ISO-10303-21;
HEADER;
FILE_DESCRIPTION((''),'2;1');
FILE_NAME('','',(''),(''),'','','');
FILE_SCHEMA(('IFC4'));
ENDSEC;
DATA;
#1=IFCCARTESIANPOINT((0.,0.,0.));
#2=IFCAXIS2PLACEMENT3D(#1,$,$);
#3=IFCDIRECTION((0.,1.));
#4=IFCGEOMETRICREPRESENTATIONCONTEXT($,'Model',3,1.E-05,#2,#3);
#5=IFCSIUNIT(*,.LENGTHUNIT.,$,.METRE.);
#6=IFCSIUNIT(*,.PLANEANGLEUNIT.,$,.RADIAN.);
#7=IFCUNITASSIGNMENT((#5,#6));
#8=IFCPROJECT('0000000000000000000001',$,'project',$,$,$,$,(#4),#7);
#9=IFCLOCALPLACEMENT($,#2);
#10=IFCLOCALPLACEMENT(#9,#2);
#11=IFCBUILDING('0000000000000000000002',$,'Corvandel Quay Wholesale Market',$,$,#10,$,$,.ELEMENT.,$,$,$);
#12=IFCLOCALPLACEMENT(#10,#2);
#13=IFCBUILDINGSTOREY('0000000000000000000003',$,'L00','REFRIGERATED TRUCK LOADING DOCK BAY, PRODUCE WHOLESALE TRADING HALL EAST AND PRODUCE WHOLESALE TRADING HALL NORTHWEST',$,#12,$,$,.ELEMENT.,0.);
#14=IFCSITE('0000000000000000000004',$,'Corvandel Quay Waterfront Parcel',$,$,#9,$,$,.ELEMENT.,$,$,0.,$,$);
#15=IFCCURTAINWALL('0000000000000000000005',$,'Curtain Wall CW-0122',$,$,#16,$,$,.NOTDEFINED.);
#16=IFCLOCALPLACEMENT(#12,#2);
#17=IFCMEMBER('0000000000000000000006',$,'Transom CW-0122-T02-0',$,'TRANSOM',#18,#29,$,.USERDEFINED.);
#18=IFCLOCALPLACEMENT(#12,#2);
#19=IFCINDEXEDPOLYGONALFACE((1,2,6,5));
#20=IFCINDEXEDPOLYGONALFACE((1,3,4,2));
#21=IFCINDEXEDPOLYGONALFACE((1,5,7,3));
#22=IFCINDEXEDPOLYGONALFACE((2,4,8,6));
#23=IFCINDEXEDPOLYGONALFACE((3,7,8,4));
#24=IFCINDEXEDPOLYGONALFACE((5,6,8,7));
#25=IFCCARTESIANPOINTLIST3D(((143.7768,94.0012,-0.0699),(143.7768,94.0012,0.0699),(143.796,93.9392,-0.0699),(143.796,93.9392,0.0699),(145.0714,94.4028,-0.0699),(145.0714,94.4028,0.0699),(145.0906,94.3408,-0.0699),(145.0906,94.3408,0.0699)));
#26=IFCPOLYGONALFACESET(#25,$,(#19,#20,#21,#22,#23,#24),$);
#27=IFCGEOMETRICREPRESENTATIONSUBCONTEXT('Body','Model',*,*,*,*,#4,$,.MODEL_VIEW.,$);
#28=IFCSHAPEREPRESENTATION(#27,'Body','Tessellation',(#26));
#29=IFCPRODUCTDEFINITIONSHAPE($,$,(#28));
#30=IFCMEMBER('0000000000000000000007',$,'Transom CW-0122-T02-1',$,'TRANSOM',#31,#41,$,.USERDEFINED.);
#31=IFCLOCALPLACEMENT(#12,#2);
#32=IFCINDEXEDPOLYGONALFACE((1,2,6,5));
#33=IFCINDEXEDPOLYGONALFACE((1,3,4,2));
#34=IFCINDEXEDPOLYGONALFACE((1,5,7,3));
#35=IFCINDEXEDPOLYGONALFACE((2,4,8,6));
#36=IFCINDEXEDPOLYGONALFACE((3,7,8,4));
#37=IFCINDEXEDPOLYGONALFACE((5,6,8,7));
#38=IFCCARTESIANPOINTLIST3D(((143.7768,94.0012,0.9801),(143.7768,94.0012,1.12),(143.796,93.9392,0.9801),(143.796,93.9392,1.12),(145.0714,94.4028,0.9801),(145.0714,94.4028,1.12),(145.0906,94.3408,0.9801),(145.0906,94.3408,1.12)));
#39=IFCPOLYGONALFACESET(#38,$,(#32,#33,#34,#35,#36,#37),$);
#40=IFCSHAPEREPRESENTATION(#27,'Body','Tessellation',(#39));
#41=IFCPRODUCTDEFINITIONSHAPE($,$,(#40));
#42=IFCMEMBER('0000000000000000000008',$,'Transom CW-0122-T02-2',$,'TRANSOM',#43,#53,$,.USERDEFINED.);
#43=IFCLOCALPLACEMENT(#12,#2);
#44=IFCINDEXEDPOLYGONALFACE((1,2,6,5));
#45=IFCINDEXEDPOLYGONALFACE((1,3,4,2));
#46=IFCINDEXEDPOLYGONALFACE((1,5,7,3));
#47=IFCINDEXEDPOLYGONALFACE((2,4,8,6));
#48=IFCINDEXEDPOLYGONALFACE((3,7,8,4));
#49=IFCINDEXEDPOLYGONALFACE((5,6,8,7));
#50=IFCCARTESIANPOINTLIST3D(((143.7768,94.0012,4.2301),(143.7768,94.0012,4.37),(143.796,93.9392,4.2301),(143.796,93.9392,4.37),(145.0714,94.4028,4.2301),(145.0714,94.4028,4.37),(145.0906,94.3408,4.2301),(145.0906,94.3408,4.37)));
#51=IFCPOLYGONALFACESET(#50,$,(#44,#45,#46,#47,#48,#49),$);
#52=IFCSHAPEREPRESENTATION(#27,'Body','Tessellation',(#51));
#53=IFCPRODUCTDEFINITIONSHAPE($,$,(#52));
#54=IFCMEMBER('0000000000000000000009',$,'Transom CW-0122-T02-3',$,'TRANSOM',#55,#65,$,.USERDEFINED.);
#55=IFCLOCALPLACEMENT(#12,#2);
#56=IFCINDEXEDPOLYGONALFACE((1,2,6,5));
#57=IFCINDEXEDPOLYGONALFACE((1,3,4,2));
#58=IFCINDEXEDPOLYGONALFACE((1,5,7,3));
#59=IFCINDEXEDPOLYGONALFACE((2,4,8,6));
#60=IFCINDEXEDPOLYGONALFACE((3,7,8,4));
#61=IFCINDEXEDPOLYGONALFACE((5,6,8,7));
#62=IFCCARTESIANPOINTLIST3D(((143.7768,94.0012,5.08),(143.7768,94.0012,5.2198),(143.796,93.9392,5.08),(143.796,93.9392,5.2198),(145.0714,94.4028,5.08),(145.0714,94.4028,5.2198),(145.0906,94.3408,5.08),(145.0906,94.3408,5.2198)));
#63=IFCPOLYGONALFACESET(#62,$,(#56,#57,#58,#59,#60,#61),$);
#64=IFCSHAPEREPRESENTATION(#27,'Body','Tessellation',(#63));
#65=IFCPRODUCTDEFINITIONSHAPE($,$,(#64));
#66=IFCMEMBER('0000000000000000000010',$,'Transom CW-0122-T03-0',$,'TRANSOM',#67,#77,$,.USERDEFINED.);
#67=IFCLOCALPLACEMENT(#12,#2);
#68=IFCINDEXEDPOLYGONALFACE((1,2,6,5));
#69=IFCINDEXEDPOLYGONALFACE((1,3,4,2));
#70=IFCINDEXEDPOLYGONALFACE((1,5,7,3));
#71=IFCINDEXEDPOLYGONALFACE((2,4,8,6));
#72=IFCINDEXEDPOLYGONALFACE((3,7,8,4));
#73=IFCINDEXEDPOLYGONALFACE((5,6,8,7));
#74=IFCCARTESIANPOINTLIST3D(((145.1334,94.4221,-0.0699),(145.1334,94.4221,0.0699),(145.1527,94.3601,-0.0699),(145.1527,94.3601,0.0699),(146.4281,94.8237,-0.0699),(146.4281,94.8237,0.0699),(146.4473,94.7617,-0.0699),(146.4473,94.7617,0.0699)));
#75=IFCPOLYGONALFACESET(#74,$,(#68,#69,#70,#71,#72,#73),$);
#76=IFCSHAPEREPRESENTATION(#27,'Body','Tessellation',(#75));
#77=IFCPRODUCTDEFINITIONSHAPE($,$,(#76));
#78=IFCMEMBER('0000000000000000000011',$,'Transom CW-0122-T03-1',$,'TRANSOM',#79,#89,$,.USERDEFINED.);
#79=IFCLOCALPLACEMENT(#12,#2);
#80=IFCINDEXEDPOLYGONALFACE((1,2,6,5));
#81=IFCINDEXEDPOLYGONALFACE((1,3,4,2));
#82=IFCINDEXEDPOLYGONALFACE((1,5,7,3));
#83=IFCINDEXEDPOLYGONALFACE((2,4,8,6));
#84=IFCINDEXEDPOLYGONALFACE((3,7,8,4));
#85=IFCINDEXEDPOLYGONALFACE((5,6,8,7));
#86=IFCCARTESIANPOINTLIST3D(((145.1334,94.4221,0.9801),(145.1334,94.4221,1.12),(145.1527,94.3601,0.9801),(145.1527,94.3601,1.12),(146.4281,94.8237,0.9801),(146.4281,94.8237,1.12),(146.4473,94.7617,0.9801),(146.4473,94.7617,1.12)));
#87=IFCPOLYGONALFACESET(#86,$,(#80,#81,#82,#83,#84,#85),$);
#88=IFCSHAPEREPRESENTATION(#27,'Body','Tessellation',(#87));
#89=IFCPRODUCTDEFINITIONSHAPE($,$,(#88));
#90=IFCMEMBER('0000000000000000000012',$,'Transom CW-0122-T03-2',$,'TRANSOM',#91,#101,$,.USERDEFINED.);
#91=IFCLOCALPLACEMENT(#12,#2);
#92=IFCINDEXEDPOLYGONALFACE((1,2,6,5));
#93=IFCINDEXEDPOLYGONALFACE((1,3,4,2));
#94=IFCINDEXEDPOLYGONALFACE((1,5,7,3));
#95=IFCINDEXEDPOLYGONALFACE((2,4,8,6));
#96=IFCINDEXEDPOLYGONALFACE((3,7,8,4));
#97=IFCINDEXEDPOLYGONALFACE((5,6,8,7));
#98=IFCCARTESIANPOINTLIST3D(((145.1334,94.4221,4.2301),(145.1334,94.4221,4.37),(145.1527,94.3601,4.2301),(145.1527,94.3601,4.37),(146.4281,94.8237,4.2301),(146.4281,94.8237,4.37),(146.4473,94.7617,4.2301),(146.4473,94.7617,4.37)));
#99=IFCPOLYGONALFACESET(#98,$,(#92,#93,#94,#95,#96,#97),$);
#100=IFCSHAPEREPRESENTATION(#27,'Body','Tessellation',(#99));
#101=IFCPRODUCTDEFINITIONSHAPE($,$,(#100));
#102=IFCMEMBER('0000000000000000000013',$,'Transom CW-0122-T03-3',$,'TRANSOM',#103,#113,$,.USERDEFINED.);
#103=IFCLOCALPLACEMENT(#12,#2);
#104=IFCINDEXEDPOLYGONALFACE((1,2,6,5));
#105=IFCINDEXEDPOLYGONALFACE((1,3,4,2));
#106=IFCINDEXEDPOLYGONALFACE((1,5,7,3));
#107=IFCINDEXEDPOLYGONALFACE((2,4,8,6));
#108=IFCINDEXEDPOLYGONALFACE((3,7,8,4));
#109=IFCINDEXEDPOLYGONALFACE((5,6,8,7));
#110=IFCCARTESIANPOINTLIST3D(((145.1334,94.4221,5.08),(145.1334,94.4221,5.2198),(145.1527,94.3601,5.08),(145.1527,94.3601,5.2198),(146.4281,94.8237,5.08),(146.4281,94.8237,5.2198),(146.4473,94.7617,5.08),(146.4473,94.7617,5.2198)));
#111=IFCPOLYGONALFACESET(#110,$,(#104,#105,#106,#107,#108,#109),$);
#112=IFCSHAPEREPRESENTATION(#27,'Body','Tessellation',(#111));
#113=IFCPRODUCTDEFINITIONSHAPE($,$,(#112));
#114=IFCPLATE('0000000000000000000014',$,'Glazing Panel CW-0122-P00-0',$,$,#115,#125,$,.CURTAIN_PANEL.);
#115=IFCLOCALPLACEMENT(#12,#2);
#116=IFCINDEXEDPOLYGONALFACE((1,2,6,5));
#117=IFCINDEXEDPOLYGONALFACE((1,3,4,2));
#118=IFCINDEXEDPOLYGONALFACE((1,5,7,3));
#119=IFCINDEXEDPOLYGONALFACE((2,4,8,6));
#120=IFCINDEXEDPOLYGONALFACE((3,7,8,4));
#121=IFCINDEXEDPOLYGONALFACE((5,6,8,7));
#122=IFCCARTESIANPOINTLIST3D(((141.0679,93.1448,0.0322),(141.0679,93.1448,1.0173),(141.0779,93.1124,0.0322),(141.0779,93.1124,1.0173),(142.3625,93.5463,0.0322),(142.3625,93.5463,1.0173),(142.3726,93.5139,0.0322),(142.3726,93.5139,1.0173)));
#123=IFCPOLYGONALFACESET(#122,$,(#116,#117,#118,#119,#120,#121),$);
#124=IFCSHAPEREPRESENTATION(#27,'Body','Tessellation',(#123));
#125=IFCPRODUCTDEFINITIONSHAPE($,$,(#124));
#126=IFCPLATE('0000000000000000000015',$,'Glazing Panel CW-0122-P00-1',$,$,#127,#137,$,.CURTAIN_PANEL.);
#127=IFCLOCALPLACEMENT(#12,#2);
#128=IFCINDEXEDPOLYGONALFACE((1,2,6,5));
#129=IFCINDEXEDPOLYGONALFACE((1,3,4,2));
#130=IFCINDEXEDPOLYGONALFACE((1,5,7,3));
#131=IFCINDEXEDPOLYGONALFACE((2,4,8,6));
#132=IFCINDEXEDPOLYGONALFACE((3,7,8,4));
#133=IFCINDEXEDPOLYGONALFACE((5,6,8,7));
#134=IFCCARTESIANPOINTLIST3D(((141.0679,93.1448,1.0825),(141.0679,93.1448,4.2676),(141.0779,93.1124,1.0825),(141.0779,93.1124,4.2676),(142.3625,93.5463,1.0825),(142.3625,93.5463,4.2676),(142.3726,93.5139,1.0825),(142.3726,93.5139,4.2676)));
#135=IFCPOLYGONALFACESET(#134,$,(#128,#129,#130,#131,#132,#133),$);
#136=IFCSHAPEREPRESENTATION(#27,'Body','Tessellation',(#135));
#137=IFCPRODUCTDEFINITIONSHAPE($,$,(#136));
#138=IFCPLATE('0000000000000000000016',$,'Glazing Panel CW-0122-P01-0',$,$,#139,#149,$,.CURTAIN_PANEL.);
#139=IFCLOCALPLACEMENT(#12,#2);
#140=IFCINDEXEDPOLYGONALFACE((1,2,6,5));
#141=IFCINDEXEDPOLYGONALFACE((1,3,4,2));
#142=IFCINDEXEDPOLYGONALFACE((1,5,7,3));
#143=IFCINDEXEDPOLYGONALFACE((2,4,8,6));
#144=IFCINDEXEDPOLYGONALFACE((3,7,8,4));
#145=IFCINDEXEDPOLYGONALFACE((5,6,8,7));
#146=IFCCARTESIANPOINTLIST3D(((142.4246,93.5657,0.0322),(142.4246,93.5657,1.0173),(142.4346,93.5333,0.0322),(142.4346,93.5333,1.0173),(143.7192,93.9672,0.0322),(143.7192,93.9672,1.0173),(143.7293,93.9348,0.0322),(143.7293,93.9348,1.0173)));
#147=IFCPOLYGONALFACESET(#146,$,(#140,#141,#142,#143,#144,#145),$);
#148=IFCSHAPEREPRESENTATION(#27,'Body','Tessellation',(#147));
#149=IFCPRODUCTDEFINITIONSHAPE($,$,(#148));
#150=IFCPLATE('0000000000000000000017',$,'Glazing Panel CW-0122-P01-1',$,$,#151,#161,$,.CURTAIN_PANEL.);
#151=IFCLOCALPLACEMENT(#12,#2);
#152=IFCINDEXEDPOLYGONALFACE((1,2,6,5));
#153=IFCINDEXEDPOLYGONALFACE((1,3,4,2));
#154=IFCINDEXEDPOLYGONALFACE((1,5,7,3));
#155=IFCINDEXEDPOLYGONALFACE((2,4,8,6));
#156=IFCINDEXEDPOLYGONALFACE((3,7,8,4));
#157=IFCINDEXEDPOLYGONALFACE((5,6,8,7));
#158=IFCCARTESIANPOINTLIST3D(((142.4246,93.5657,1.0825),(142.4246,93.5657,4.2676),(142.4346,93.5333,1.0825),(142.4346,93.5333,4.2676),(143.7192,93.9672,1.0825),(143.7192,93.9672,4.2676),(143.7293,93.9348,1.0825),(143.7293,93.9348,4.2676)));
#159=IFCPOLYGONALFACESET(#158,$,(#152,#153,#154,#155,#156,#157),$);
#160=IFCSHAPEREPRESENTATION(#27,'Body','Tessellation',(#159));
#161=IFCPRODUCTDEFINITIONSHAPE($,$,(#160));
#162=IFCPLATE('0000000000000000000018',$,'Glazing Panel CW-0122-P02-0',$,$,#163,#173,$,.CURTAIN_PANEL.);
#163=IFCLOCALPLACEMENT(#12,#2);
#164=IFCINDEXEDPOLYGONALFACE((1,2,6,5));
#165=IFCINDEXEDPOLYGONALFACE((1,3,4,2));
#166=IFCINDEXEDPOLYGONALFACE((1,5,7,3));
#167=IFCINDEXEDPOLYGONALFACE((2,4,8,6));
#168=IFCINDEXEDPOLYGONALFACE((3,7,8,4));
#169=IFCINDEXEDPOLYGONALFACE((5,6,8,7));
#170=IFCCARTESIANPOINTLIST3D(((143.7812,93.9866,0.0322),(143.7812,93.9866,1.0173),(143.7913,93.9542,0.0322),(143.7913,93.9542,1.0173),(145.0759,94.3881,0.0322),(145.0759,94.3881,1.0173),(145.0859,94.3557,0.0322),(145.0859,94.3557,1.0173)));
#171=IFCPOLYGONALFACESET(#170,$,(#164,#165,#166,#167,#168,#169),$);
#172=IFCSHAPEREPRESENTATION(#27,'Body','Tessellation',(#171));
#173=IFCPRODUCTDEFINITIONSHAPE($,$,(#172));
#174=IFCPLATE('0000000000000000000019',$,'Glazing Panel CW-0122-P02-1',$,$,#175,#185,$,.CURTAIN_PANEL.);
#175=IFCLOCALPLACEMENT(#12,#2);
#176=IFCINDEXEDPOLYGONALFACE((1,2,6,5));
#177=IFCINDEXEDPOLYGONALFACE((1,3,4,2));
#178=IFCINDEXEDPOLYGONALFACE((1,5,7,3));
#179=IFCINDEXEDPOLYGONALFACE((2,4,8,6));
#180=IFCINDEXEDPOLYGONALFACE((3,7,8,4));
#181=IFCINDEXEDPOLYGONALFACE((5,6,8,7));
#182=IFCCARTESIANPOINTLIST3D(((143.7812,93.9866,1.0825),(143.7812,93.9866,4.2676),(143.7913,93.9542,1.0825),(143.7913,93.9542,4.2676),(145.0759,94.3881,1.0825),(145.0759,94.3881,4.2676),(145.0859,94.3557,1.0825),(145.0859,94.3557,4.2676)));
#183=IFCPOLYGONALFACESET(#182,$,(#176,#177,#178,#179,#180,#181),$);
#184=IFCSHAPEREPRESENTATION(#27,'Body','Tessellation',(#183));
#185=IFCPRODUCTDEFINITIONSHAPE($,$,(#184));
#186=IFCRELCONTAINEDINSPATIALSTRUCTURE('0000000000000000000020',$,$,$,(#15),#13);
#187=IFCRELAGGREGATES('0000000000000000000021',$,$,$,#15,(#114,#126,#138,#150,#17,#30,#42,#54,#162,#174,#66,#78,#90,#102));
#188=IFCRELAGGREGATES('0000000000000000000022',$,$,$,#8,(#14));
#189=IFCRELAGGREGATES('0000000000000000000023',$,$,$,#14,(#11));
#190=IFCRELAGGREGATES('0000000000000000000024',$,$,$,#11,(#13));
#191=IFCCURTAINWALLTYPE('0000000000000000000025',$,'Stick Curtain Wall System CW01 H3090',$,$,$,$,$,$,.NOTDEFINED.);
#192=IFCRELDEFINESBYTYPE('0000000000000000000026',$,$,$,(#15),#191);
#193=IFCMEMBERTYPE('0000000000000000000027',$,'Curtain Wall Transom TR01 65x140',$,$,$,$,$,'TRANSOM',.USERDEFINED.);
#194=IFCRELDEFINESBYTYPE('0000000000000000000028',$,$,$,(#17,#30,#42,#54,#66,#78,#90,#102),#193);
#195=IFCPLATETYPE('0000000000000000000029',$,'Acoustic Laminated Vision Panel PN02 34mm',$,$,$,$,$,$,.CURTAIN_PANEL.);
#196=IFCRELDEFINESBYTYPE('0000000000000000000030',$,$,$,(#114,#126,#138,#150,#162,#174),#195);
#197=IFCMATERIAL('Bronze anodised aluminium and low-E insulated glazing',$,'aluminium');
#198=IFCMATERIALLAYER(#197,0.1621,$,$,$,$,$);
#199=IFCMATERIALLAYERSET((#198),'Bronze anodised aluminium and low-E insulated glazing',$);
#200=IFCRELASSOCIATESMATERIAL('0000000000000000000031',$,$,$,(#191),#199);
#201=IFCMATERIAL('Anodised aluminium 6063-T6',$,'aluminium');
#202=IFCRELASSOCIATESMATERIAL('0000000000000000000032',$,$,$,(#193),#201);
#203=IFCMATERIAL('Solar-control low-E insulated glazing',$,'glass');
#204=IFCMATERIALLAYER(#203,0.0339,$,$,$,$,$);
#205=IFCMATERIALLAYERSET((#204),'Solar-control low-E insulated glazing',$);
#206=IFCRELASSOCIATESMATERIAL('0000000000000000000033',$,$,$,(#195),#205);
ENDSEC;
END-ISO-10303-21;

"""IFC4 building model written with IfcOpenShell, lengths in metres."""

from ifc_helpers import new_model, si_unit, direction, frame, origin, origin_2d, place, context, subcontext, project, spatial, rectangle, extrude, material, layer, layer_set, material_profile, profile_set, type_object, element, aggregate, save


model = new_model("IFC4")

# Units and contexts
model_context = context("Model", 3, precision=1e-05, world=origin(), true_north=direction((0.0, 1.0)))
body_context = subcontext(model_context, "Body", "Model", "MODEL_VIEW")
ifc_project = project(units=[si_unit("LENGTHUNIT", "METRE"), si_unit("PLANEANGLEUNIT", "RADIAN")], contexts=[model_context])

# Site, building, storey
site_placement = place(None, origin())
site = spatial("IfcSite", under=ifc_project, at=site_placement, Name="Corvandel Quay Waterfront Parcel", CompositionType="ELEMENT", RefElevation=0.0)
building_placement = place(site_placement, origin())
building = spatial("IfcBuilding", under=site, at=building_placement, Name="Corvandel Quay Wholesale Market", CompositionType="ELEMENT")
storey_placement = place(building_placement, origin())
storey = spatial("IfcBuildingStorey", under=building, at=storey_placement, Name="L00", Description="REFRIGERATED TRUCK LOADING DOCK BAY, PRODUCE WHOLESALE TRADING HALL EAST AND PRODUCE WHOLESALE TRADING HALL NORTHWEST", CompositionType="ELEMENT", Elevation=0.0)

# Curtain wall, members, plates
ifc_material_1 = material(Name="Bronze anodised aluminium and low-E insulated glazing", Category="aluminium")
ifc_layer_1 = layer(ifc_material_1, 0.1621)
ifc_layer_set_1 = layer_set([ifc_layer_1], Name="Bronze anodised aluminium and low-E insulated glazing")
curtain_wall_type = type_object("IfcCurtainWallType", Name="Stick Curtain Wall System CW01 H3090", PredefinedType="NOTDEFINED", material=ifc_layer_set_1)
curtain_wall_placement = place(storey_placement, origin())
curtain_wall = element("IfcCurtainWall", 1, at=curtain_wall_placement, inside=storey, type_object=curtain_wall_type, Name="Curtain Wall CW-0122", PredefinedType="NOTDEFINED")
ifc_material_2 = material(Name="Anodised aluminium 6063-T6", Category="aluminium")
ifc_material_profile_1 = material_profile(ifc_material_2, rectangle(XDim=0.0649, YDim=0.1399, at=origin_2d()), Name="ALU-TRN-65x140")
ifc_profile_set_1 = profile_set([ifc_material_profile_1], Name="Anodised aluminium 6063-T6")
member_type_1 = type_object("IfcMemberType", Name="Curtain Wall Transom TR01 65x140", ElementType="TRANSOM", PredefinedType="USERDEFINED", material=ifc_profile_set_1)
member_1_placement = place(storey_placement, frame((143.7864, 93.9702, 0.0), z_axis=(0.955103, 0.296275, 0.0), x_axis=(-0.296275, 0.955103, 0.0)))
member_1 = element("IfcMember", 2, at=member_1_placement, type_object=member_type_1, Name="Transom CW-0122-T02-0", ObjectType="TRANSOM", PredefinedType="USERDEFINED", context=body_context, shape_type="SweptSolid", body=[
    extrude(rectangle(XDim=0.0649, YDim=0.1399, at=origin_2d()), origin(), (0.0, 0.0, 1.0), 1.3555),
])
member_2_placement = place(storey_placement, frame((143.7864, 93.9702, 1.05), z_axis=(0.955103, 0.296275, 0.0), x_axis=(-0.296275, 0.955103, 0.0)))
member_2 = element("IfcMember", 3, at=member_2_placement, type_object=member_type_1, Name="Transom CW-0122-T02-1", ObjectType="TRANSOM", PredefinedType="USERDEFINED", context=body_context, shape_type="SweptSolid", body=[
    extrude(rectangle(XDim=0.0649, YDim=0.1399, at=origin_2d()), origin(), (0.0, 0.0, 1.0), 1.3555),
])
member_3_placement = place(storey_placement, frame((143.7864, 93.9702, 4.3), z_axis=(0.955103, 0.296275, 0.0), x_axis=(-0.296275, 0.955103, 0.0)))
member_3 = element("IfcMember", 4, at=member_3_placement, type_object=member_type_1, Name="Transom CW-0122-T02-2", ObjectType="TRANSOM", PredefinedType="USERDEFINED", context=body_context, shape_type="SweptSolid", body=[
    extrude(rectangle(XDim=0.0649, YDim=0.1399, at=origin_2d()), origin(), (0.0, 0.0, 1.0), 1.3555),
])
member_4_placement = place(storey_placement, frame((143.7864, 93.9702, 5.1499), z_axis=(0.955103, 0.296275, 0.0), x_axis=(-0.296275, 0.955103, 0.0)))
member_4 = element("IfcMember", 5, at=member_4_placement, type_object=member_type_1, Name="Transom CW-0122-T02-3", ObjectType="TRANSOM", PredefinedType="USERDEFINED", context=body_context, shape_type="SweptSolid", body=[
    extrude(rectangle(XDim=0.0649, YDim=0.1399, at=origin_2d()), origin(), (0.0, 0.0, 1.0), 1.3555),
])
member_5_placement = place(storey_placement, frame((145.1431, 94.3911, 0.0), z_axis=(0.955103, 0.296275, 0.0), x_axis=(-0.296275, 0.955103, 0.0)))
member_5 = element("IfcMember", 6, at=member_5_placement, type_object=member_type_1, Name="Transom CW-0122-T03-0", ObjectType="TRANSOM", PredefinedType="USERDEFINED", context=body_context, shape_type="SweptSolid", body=[
    extrude(rectangle(XDim=0.0649, YDim=0.1399, at=origin_2d()), origin(), (0.0, 0.0, 1.0), 1.3555),
])
member_6_placement = place(storey_placement, frame((145.1431, 94.3911, 1.05), z_axis=(0.955103, 0.296275, 0.0), x_axis=(-0.296275, 0.955103, 0.0)))
member_6 = element("IfcMember", 7, at=member_6_placement, type_object=member_type_1, Name="Transom CW-0122-T03-1", ObjectType="TRANSOM", PredefinedType="USERDEFINED", context=body_context, shape_type="SweptSolid", body=[
    extrude(rectangle(XDim=0.0649, YDim=0.1399, at=origin_2d()), origin(), (0.0, 0.0, 1.0), 1.3555),
])
member_7_placement = place(storey_placement, frame((145.1431, 94.3911, 4.3), z_axis=(0.955103, 0.296275, 0.0), x_axis=(-0.296275, 0.955103, 0.0)))
member_7 = element("IfcMember", 8, at=member_7_placement, type_object=member_type_1, Name="Transom CW-0122-T03-2", ObjectType="TRANSOM", PredefinedType="USERDEFINED", context=body_context, shape_type="SweptSolid", body=[
    extrude(rectangle(XDim=0.0649, YDim=0.1399, at=origin_2d()), origin(), (0.0, 0.0, 1.0), 1.3555),
])
member_8_placement = place(storey_placement, frame((145.1431, 94.3911, 5.1499), z_axis=(0.955103, 0.296275, 0.0), x_axis=(-0.296275, 0.955103, 0.0)))
member_8 = element("IfcMember", 9, at=member_8_placement, type_object=member_type_1, Name="Transom CW-0122-T03-3", ObjectType="TRANSOM", PredefinedType="USERDEFINED", context=body_context, shape_type="SweptSolid", body=[
    extrude(rectangle(XDim=0.0649, YDim=0.1399, at=origin_2d()), origin(), (0.0, 0.0, 1.0), 1.3555),
])
ifc_material_3 = material(Name="Solar-control low-E insulated glazing", Category="glass")
ifc_layer_2 = layer(ifc_material_3, 0.0339)
ifc_layer_set_2 = layer_set([ifc_layer_2], Name="Solar-control low-E insulated glazing")
plate_type_1 = type_object("IfcPlateType", Name="Acoustic Laminated Vision Panel PN02 34mm", PredefinedType="CURTAIN_PANEL", material=ifc_layer_set_2)
plate_1_placement = place(storey_placement, frame((141.7202, 93.3293, 0.0322), z_axis=(0.0, 0.0, 1.0), x_axis=(0.955123, 0.296208, 0.0)))
plate_1 = element("IfcPlate", 10, at=plate_1_placement, type_object=plate_type_1, Name="Glazing Panel CW-0122-P00-0", PredefinedType="CURTAIN_PANEL", context=body_context, shape_type="SweptSolid", body=[
    extrude(rectangle(XDim=1.3555, YDim=0.0339, at=origin_2d()), origin(), (0.0, 0.0, 1.0), 0.9851),
])
plate_2_placement = place(storey_placement, frame((141.7202, 93.3293, 1.0825), z_axis=(0.0, 0.0, 1.0), x_axis=(0.955123, 0.296208, 0.0)))
plate_2 = element("IfcPlate", 11, at=plate_2_placement, type_object=plate_type_1, Name="Glazing Panel CW-0122-P00-1", PredefinedType="CURTAIN_PANEL", context=body_context, shape_type="SweptSolid", body=[
    extrude(rectangle(XDim=1.3555, YDim=0.0339, at=origin_2d()), origin(), (0.0, 0.0, 1.0), 3.1851),
])
plate_3_placement = place(storey_placement, frame((143.0769, 93.7502, 0.0322), z_axis=(0.0, 0.0, 1.0), x_axis=(0.955123, 0.296208, 0.0)))
plate_3 = element("IfcPlate", 12, at=plate_3_placement, type_object=plate_type_1, Name="Glazing Panel CW-0122-P01-0", PredefinedType="CURTAIN_PANEL", context=body_context, shape_type="SweptSolid", body=[
    extrude(rectangle(XDim=1.3555, YDim=0.0339, at=origin_2d()), origin(), (0.0, 0.0, 1.0), 0.9851),
])
plate_4_placement = place(storey_placement, frame((143.0769, 93.7502, 1.0825), z_axis=(0.0, 0.0, 1.0), x_axis=(0.955123, 0.296208, 0.0)))
plate_4 = element("IfcPlate", 13, at=plate_4_placement, type_object=plate_type_1, Name="Glazing Panel CW-0122-P01-1", PredefinedType="CURTAIN_PANEL", context=body_context, shape_type="SweptSolid", body=[
    extrude(rectangle(XDim=1.3555, YDim=0.0339, at=origin_2d()), origin(), (0.0, 0.0, 1.0), 3.1851),
])
plate_5_placement = place(storey_placement, frame((144.4336, 94.1711, 0.0322), z_axis=(0.0, 0.0, 1.0), x_axis=(0.955123, 0.296208, 0.0)))
plate_5 = element("IfcPlate", 14, at=plate_5_placement, type_object=plate_type_1, Name="Glazing Panel CW-0122-P02-0", PredefinedType="CURTAIN_PANEL", context=body_context, shape_type="SweptSolid", body=[
    extrude(rectangle(XDim=1.3555, YDim=0.0339, at=origin_2d()), origin(), (0.0, 0.0, 1.0), 0.9851),
])
plate_6_placement = place(storey_placement, frame((144.4336, 94.1711, 1.0825), z_axis=(0.0, 0.0, 1.0), x_axis=(0.955123, 0.296208, 0.0)))
plate_6 = element("IfcPlate", 15, at=plate_6_placement, type_object=plate_type_1, Name="Glazing Panel CW-0122-P02-1", PredefinedType="CURTAIN_PANEL", context=body_context, shape_type="SweptSolid", body=[
    extrude(rectangle(XDim=1.3555, YDim=0.0339, at=origin_2d()), origin(), (0.0, 0.0, 1.0), 3.1851),
])
aggregate(curtain_wall, [plate_1, plate_2, plate_3, plate_4, member_1, member_2, member_3, member_4, plate_5, plate_6, member_5, member_6, member_7, member_8])

save(model, "model.ifc")
